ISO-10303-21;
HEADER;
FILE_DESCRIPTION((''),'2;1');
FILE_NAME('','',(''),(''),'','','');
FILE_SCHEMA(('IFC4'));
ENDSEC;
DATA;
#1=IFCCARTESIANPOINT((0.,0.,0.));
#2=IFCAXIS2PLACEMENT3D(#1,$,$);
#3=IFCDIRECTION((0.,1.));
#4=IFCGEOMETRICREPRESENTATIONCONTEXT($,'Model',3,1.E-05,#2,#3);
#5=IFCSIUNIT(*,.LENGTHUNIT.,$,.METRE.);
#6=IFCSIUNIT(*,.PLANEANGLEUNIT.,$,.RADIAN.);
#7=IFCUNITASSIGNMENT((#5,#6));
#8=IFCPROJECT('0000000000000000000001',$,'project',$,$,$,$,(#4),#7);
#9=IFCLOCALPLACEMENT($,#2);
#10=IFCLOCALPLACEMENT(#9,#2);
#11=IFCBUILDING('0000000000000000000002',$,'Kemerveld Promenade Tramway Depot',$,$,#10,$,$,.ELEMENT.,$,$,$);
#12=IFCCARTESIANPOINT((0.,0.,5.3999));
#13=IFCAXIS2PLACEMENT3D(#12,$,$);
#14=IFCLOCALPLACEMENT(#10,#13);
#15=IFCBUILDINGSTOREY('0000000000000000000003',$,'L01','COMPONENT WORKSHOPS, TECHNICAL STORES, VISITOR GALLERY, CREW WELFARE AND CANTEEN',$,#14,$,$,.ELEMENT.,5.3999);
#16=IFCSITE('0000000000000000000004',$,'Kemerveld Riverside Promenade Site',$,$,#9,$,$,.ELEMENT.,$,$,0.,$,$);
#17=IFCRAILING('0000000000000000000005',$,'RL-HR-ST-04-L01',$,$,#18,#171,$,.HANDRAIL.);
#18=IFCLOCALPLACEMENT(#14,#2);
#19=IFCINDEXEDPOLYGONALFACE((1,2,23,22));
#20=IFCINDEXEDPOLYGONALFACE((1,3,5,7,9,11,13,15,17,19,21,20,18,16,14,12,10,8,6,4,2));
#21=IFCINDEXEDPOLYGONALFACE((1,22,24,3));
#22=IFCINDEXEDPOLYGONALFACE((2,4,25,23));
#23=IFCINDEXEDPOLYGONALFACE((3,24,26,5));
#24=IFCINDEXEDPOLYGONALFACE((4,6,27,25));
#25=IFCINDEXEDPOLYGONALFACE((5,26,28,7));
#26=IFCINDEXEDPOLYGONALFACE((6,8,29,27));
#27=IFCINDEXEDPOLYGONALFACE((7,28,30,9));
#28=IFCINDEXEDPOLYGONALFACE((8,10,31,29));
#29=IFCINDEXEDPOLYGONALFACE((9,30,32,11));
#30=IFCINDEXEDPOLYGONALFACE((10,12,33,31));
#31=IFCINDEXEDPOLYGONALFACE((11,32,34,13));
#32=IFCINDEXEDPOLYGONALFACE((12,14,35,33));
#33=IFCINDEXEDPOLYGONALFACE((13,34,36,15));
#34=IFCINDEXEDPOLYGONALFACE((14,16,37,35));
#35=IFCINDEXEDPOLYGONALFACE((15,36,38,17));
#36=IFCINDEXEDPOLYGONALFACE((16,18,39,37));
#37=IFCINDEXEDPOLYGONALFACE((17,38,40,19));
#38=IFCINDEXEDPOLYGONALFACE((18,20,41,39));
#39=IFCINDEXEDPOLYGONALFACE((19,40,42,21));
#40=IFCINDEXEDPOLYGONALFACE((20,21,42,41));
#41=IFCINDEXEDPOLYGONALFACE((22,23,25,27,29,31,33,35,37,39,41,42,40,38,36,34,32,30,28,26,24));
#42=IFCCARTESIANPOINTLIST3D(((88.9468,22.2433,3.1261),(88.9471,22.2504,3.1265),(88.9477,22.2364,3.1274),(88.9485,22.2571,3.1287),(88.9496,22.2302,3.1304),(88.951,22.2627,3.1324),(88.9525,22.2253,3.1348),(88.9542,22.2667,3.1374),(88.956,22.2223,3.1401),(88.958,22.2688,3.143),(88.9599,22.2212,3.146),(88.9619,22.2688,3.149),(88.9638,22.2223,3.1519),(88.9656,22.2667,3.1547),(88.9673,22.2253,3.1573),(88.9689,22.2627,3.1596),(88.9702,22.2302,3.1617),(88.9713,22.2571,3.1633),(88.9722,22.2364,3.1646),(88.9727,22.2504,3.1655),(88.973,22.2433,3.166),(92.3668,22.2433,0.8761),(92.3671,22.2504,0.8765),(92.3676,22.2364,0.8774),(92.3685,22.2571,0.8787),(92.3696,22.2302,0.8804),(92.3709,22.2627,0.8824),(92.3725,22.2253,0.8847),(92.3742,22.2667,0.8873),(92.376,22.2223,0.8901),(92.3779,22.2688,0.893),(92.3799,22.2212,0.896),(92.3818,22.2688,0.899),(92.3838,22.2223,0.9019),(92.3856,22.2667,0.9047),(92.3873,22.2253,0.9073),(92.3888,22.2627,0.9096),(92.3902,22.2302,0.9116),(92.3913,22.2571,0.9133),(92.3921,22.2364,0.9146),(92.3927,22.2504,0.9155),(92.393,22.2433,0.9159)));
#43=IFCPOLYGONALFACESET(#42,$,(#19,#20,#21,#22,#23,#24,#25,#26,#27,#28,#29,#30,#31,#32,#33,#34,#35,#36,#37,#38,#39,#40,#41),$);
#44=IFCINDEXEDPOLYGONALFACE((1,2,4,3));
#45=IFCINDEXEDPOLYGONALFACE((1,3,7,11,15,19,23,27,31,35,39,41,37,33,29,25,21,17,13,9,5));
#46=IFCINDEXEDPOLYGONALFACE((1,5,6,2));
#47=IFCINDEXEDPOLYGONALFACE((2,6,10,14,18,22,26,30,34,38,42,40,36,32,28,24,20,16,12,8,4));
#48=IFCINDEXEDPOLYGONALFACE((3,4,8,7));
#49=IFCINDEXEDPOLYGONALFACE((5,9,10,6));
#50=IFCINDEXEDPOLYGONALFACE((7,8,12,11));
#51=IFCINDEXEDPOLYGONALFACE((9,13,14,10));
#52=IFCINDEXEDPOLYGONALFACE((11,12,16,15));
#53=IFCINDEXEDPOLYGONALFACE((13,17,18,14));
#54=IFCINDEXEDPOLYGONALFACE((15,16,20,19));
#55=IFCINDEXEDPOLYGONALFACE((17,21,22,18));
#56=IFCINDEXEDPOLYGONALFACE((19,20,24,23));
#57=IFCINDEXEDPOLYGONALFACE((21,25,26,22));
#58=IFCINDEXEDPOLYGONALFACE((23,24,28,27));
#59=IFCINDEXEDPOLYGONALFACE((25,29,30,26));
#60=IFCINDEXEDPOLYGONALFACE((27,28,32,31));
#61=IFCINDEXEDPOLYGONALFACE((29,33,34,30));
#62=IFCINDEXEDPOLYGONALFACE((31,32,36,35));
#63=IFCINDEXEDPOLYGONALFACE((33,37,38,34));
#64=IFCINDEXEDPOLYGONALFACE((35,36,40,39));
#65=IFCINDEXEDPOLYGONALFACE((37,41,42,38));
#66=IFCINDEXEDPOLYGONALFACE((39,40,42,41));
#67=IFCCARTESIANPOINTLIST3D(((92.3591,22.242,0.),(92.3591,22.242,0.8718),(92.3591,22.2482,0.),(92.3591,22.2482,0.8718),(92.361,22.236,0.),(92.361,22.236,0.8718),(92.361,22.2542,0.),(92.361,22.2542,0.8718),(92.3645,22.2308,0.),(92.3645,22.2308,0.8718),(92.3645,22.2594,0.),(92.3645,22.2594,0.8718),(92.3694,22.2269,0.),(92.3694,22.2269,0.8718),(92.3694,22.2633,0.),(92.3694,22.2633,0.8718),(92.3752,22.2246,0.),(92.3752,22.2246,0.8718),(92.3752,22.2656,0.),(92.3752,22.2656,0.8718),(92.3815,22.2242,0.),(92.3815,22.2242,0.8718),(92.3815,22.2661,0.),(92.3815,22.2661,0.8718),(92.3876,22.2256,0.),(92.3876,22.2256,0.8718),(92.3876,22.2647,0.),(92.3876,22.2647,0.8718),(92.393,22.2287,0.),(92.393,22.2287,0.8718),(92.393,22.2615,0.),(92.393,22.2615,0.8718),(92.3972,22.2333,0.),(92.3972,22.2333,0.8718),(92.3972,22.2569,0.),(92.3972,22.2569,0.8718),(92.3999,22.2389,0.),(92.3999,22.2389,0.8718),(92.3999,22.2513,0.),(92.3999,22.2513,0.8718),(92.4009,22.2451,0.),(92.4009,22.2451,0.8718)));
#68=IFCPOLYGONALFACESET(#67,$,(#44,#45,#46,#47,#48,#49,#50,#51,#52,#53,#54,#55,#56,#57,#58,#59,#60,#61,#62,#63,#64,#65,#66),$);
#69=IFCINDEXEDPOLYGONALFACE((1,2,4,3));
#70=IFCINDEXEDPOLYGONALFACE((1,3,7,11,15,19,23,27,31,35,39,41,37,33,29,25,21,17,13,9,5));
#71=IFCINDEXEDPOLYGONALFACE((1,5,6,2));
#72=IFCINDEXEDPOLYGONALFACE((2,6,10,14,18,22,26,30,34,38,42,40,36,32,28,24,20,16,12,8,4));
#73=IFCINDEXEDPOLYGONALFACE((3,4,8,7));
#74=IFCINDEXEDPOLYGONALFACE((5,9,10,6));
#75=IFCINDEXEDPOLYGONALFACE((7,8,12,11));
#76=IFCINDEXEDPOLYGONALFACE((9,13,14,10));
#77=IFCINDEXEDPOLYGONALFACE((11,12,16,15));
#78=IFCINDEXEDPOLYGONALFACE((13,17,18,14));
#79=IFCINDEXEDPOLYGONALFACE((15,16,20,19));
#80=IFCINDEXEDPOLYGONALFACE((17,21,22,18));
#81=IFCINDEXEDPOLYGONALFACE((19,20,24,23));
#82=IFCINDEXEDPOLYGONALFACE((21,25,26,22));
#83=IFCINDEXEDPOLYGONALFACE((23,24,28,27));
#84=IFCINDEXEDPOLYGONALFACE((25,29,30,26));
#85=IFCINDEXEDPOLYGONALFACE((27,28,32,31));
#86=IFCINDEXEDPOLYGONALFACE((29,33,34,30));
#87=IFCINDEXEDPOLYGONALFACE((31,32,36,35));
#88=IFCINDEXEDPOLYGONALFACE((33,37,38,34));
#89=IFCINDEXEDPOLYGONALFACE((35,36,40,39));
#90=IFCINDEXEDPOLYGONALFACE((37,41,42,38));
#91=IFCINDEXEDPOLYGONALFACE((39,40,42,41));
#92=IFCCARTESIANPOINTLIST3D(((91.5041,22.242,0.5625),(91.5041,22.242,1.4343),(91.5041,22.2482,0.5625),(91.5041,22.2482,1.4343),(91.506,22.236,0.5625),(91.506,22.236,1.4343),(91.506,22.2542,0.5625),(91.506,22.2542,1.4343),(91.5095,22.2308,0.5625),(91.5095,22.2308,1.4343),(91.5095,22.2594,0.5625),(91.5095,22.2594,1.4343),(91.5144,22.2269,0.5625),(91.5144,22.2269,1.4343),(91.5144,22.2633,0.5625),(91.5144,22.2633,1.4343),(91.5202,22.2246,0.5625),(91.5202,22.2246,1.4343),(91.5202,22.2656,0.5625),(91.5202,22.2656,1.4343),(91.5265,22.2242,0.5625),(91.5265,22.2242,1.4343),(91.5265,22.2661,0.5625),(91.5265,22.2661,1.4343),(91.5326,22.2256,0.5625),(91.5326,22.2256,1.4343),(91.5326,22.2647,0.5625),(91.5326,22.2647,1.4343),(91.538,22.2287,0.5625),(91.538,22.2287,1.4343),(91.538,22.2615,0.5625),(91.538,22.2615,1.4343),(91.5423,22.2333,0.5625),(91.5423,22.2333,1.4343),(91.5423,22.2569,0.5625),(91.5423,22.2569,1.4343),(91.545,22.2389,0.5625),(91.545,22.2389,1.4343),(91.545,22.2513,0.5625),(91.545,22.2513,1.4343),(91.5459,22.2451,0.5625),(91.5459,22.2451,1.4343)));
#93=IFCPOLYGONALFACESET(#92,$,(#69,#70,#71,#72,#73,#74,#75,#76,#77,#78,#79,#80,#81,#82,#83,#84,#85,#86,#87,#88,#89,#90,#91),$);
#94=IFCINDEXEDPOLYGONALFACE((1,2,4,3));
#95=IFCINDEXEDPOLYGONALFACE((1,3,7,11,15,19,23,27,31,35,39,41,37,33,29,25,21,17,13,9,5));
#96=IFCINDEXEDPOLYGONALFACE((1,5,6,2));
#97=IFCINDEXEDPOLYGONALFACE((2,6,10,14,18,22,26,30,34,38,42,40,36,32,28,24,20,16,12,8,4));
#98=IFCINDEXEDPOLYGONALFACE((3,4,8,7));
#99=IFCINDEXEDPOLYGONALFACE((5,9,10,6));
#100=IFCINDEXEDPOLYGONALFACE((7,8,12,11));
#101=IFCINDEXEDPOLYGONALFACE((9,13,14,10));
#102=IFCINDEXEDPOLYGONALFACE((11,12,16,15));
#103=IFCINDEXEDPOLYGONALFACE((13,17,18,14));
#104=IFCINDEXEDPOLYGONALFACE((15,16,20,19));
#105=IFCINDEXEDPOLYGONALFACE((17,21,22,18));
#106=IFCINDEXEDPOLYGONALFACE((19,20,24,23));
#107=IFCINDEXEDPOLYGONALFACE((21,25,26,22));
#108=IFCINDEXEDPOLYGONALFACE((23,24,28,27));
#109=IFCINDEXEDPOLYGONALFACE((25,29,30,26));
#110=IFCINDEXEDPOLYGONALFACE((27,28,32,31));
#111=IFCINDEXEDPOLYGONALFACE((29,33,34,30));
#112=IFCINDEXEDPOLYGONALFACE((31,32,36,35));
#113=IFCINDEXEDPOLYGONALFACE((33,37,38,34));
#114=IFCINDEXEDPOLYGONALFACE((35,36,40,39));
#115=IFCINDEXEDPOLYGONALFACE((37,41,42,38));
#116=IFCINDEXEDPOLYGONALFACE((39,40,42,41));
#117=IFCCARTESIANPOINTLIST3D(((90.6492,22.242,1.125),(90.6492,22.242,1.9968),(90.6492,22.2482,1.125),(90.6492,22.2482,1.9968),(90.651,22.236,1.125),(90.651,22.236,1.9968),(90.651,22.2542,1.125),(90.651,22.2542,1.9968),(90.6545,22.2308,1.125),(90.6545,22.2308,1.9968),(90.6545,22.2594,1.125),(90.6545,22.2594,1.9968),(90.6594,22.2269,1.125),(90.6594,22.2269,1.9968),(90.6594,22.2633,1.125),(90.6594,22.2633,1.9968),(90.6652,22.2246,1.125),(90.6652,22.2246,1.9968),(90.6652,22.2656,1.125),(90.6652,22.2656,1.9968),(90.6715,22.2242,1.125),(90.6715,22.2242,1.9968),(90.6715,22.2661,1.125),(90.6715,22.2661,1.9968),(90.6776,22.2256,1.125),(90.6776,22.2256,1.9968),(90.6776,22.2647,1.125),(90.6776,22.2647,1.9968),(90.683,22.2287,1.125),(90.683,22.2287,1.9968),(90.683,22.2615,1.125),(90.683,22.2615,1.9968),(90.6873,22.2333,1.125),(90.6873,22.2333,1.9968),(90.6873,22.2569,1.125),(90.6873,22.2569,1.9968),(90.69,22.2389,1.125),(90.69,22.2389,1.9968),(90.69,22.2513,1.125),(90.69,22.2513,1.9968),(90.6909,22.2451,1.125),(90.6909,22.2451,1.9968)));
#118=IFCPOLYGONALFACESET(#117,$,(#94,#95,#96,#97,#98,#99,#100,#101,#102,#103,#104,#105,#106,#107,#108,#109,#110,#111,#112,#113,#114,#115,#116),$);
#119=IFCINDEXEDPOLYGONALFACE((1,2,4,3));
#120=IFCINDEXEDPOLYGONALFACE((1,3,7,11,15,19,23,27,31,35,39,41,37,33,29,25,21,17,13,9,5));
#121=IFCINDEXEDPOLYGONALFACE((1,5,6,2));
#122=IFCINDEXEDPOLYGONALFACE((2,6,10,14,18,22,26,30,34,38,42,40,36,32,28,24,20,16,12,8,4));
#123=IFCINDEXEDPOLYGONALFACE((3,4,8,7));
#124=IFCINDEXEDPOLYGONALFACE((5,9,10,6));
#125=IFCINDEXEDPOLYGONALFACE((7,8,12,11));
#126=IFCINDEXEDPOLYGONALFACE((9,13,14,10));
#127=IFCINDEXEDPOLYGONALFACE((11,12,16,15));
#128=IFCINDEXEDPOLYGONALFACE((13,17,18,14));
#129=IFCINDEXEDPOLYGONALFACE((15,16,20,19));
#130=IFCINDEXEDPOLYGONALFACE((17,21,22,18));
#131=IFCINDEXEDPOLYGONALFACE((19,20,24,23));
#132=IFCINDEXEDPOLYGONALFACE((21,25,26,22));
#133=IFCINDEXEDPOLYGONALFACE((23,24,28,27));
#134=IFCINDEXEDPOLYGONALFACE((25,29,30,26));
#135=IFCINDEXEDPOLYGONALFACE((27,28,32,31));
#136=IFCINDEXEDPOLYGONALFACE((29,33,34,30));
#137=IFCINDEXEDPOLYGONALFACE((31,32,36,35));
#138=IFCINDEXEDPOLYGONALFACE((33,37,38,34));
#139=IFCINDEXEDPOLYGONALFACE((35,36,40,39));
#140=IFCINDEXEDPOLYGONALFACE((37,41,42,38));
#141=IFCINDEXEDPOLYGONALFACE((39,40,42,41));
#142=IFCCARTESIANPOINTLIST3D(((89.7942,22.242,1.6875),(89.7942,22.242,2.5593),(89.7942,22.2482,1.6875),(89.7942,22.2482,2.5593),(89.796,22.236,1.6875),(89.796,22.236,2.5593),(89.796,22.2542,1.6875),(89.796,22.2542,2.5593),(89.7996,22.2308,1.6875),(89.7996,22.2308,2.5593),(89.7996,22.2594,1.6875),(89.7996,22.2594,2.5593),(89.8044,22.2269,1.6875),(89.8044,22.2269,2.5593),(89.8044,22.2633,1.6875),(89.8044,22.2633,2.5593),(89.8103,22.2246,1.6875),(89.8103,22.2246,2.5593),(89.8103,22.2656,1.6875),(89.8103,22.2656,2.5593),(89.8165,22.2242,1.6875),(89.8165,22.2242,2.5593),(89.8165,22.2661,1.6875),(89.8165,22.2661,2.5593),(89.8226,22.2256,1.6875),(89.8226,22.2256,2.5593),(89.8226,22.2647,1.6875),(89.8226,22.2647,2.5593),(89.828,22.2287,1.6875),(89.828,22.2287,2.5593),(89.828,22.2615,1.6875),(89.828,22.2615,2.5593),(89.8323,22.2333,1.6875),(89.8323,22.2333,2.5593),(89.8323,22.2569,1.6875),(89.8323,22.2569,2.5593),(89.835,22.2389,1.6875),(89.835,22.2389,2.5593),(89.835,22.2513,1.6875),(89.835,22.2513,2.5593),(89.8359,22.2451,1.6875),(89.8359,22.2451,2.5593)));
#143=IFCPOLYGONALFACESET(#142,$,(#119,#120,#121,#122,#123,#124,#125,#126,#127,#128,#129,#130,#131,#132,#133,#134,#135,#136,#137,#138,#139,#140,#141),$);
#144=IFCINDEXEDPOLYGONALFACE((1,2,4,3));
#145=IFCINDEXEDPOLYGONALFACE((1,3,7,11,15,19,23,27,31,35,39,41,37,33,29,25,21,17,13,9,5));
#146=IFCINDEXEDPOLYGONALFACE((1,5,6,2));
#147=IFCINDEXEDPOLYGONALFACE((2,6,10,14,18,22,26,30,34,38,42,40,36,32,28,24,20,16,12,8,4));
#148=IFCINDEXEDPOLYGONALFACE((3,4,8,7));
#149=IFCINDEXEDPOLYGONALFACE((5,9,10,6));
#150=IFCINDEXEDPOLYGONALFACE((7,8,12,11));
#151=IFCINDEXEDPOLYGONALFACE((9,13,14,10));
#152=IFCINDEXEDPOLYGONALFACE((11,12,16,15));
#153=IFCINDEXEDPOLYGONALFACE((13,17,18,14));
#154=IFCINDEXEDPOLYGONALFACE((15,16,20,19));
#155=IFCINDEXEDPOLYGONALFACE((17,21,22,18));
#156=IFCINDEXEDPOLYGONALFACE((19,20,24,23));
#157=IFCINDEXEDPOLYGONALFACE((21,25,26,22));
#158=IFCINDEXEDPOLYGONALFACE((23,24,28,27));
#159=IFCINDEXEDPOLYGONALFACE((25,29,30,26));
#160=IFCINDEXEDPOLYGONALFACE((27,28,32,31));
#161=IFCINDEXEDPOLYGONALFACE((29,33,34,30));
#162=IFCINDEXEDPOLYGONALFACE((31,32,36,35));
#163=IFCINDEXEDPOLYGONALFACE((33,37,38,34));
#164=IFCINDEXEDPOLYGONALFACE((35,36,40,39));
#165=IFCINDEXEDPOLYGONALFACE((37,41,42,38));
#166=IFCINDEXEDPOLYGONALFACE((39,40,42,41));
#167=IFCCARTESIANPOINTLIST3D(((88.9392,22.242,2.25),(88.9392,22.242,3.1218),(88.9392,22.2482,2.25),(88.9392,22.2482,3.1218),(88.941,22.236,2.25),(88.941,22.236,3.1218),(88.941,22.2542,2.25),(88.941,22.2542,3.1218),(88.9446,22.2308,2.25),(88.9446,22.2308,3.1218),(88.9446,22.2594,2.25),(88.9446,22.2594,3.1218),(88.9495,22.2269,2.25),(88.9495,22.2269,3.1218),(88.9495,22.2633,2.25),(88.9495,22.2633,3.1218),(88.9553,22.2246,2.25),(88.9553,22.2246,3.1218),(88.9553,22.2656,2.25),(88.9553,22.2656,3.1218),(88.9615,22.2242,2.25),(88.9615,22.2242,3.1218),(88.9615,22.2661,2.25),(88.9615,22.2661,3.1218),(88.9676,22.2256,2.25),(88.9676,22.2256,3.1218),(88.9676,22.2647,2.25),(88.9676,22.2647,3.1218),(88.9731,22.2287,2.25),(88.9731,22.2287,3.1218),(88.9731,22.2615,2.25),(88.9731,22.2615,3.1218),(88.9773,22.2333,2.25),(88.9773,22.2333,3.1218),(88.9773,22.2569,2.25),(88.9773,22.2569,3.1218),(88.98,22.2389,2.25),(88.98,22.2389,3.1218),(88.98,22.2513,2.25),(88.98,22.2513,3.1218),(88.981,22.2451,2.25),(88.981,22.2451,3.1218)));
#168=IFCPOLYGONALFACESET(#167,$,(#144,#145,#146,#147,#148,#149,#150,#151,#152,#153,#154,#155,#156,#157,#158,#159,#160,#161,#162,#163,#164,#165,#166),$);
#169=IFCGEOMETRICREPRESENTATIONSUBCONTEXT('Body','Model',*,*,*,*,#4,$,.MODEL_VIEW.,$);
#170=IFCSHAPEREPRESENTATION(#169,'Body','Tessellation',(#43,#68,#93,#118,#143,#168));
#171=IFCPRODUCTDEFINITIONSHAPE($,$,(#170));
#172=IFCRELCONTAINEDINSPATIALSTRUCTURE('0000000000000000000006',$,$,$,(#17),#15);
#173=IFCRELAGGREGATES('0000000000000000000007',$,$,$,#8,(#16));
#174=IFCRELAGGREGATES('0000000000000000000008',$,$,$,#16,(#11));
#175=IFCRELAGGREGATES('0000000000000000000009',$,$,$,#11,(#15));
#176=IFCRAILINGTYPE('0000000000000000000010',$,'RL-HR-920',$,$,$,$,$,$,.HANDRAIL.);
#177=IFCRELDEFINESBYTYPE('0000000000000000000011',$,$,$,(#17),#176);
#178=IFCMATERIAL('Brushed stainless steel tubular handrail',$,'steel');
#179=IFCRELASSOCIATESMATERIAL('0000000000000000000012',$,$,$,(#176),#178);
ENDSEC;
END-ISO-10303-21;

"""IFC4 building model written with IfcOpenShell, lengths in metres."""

from ifc_helpers import new_model, si_unit, direction, frame, origin, origin_2d, place, context, subcontext, project, spatial, circle, extrude, material, type_object, element, save


model = new_model("IFC4")

# Units and contexts
model_context = context("Model", 3, precision=1e-05, world=origin(), true_north=direction((0.0, 1.0)))
body_context = subcontext(model_context, "Body", "Model", "MODEL_VIEW")
ifc_project = project(units=[si_unit("LENGTHUNIT", "METRE"), si_unit("PLANEANGLEUNIT", "RADIAN")], contexts=[model_context])

# Site, building, storey
site_placement = place(None, origin())
site = spatial("IfcSite", under=ifc_project, at=site_placement, Name="Kemerveld Riverside Promenade Site", CompositionType="ELEMENT", RefElevation=0.0)
building_placement = place(site_placement, origin())
building = spatial("IfcBuilding", under=site, at=building_placement, Name="Kemerveld Promenade Tramway Depot", CompositionType="ELEMENT")
storey_placement = place(building_placement, frame((0.0, 0.0, 5.3999)))
storey = spatial("IfcBuildingStorey", under=building, at=storey_placement, Name="L01", Description="COMPONENT WORKSHOPS, TECHNICAL STORES, VISITOR GALLERY, CREW WELFARE AND CANTEEN", CompositionType="ELEMENT", Elevation=5.3999)

# Railing
ifc_material_1 = material(Name="Brushed stainless steel tubular handrail", Category="steel")
railing_type_1 = type_object("IfcRailingType", Name="RL-HR-920", PredefinedType="HANDRAIL", material=ifc_material_1)
railing_1_placement = place(storey_placement, frame((92.3799, 22.2451, 0.0)))
element("IfcRailing", 1, at=railing_1_placement, inside=storey, type_object=railing_type_1, Name="RL-HR-ST-04-L01", PredefinedType="HANDRAIL", context=body_context, shape_type="SweptSolid", body=[
    extrude(circle(Radius=0.0239, at=origin_2d()), frame((0.0, 0.0, 0.896), z_axis=(-0.835411, 0.0, 0.549625), x_axis=(0.0, -1.0, 0.0)), (0.0, 0.0, 1.0), 4.0938),
    extrude(circle(Radius=0.021, at=origin_2d()), origin(), (0.0, 0.0, 1.0), 0.8718),
    extrude(circle(Radius=0.021, at=origin_2d()), frame((-0.855, 0.0, 0.5625)), (0.0, 0.0, 1.0), 0.8718),
    extrude(circle(Radius=0.021, at=origin_2d()), frame((-1.71, 0.0, 1.125)), (0.0, 0.0, 1.0), 0.8718),
    extrude(circle(Radius=0.021, at=origin_2d()), frame((-2.5649, 0.0, 1.6875)), (0.0, 0.0, 1.0), 0.8718),
    extrude(circle(Radius=0.021, at=origin_2d()), frame((-3.4199, 0.0, 2.25)), (0.0, 0.0, 1.0), 0.8718),
])

save(model, "model.ifc")
